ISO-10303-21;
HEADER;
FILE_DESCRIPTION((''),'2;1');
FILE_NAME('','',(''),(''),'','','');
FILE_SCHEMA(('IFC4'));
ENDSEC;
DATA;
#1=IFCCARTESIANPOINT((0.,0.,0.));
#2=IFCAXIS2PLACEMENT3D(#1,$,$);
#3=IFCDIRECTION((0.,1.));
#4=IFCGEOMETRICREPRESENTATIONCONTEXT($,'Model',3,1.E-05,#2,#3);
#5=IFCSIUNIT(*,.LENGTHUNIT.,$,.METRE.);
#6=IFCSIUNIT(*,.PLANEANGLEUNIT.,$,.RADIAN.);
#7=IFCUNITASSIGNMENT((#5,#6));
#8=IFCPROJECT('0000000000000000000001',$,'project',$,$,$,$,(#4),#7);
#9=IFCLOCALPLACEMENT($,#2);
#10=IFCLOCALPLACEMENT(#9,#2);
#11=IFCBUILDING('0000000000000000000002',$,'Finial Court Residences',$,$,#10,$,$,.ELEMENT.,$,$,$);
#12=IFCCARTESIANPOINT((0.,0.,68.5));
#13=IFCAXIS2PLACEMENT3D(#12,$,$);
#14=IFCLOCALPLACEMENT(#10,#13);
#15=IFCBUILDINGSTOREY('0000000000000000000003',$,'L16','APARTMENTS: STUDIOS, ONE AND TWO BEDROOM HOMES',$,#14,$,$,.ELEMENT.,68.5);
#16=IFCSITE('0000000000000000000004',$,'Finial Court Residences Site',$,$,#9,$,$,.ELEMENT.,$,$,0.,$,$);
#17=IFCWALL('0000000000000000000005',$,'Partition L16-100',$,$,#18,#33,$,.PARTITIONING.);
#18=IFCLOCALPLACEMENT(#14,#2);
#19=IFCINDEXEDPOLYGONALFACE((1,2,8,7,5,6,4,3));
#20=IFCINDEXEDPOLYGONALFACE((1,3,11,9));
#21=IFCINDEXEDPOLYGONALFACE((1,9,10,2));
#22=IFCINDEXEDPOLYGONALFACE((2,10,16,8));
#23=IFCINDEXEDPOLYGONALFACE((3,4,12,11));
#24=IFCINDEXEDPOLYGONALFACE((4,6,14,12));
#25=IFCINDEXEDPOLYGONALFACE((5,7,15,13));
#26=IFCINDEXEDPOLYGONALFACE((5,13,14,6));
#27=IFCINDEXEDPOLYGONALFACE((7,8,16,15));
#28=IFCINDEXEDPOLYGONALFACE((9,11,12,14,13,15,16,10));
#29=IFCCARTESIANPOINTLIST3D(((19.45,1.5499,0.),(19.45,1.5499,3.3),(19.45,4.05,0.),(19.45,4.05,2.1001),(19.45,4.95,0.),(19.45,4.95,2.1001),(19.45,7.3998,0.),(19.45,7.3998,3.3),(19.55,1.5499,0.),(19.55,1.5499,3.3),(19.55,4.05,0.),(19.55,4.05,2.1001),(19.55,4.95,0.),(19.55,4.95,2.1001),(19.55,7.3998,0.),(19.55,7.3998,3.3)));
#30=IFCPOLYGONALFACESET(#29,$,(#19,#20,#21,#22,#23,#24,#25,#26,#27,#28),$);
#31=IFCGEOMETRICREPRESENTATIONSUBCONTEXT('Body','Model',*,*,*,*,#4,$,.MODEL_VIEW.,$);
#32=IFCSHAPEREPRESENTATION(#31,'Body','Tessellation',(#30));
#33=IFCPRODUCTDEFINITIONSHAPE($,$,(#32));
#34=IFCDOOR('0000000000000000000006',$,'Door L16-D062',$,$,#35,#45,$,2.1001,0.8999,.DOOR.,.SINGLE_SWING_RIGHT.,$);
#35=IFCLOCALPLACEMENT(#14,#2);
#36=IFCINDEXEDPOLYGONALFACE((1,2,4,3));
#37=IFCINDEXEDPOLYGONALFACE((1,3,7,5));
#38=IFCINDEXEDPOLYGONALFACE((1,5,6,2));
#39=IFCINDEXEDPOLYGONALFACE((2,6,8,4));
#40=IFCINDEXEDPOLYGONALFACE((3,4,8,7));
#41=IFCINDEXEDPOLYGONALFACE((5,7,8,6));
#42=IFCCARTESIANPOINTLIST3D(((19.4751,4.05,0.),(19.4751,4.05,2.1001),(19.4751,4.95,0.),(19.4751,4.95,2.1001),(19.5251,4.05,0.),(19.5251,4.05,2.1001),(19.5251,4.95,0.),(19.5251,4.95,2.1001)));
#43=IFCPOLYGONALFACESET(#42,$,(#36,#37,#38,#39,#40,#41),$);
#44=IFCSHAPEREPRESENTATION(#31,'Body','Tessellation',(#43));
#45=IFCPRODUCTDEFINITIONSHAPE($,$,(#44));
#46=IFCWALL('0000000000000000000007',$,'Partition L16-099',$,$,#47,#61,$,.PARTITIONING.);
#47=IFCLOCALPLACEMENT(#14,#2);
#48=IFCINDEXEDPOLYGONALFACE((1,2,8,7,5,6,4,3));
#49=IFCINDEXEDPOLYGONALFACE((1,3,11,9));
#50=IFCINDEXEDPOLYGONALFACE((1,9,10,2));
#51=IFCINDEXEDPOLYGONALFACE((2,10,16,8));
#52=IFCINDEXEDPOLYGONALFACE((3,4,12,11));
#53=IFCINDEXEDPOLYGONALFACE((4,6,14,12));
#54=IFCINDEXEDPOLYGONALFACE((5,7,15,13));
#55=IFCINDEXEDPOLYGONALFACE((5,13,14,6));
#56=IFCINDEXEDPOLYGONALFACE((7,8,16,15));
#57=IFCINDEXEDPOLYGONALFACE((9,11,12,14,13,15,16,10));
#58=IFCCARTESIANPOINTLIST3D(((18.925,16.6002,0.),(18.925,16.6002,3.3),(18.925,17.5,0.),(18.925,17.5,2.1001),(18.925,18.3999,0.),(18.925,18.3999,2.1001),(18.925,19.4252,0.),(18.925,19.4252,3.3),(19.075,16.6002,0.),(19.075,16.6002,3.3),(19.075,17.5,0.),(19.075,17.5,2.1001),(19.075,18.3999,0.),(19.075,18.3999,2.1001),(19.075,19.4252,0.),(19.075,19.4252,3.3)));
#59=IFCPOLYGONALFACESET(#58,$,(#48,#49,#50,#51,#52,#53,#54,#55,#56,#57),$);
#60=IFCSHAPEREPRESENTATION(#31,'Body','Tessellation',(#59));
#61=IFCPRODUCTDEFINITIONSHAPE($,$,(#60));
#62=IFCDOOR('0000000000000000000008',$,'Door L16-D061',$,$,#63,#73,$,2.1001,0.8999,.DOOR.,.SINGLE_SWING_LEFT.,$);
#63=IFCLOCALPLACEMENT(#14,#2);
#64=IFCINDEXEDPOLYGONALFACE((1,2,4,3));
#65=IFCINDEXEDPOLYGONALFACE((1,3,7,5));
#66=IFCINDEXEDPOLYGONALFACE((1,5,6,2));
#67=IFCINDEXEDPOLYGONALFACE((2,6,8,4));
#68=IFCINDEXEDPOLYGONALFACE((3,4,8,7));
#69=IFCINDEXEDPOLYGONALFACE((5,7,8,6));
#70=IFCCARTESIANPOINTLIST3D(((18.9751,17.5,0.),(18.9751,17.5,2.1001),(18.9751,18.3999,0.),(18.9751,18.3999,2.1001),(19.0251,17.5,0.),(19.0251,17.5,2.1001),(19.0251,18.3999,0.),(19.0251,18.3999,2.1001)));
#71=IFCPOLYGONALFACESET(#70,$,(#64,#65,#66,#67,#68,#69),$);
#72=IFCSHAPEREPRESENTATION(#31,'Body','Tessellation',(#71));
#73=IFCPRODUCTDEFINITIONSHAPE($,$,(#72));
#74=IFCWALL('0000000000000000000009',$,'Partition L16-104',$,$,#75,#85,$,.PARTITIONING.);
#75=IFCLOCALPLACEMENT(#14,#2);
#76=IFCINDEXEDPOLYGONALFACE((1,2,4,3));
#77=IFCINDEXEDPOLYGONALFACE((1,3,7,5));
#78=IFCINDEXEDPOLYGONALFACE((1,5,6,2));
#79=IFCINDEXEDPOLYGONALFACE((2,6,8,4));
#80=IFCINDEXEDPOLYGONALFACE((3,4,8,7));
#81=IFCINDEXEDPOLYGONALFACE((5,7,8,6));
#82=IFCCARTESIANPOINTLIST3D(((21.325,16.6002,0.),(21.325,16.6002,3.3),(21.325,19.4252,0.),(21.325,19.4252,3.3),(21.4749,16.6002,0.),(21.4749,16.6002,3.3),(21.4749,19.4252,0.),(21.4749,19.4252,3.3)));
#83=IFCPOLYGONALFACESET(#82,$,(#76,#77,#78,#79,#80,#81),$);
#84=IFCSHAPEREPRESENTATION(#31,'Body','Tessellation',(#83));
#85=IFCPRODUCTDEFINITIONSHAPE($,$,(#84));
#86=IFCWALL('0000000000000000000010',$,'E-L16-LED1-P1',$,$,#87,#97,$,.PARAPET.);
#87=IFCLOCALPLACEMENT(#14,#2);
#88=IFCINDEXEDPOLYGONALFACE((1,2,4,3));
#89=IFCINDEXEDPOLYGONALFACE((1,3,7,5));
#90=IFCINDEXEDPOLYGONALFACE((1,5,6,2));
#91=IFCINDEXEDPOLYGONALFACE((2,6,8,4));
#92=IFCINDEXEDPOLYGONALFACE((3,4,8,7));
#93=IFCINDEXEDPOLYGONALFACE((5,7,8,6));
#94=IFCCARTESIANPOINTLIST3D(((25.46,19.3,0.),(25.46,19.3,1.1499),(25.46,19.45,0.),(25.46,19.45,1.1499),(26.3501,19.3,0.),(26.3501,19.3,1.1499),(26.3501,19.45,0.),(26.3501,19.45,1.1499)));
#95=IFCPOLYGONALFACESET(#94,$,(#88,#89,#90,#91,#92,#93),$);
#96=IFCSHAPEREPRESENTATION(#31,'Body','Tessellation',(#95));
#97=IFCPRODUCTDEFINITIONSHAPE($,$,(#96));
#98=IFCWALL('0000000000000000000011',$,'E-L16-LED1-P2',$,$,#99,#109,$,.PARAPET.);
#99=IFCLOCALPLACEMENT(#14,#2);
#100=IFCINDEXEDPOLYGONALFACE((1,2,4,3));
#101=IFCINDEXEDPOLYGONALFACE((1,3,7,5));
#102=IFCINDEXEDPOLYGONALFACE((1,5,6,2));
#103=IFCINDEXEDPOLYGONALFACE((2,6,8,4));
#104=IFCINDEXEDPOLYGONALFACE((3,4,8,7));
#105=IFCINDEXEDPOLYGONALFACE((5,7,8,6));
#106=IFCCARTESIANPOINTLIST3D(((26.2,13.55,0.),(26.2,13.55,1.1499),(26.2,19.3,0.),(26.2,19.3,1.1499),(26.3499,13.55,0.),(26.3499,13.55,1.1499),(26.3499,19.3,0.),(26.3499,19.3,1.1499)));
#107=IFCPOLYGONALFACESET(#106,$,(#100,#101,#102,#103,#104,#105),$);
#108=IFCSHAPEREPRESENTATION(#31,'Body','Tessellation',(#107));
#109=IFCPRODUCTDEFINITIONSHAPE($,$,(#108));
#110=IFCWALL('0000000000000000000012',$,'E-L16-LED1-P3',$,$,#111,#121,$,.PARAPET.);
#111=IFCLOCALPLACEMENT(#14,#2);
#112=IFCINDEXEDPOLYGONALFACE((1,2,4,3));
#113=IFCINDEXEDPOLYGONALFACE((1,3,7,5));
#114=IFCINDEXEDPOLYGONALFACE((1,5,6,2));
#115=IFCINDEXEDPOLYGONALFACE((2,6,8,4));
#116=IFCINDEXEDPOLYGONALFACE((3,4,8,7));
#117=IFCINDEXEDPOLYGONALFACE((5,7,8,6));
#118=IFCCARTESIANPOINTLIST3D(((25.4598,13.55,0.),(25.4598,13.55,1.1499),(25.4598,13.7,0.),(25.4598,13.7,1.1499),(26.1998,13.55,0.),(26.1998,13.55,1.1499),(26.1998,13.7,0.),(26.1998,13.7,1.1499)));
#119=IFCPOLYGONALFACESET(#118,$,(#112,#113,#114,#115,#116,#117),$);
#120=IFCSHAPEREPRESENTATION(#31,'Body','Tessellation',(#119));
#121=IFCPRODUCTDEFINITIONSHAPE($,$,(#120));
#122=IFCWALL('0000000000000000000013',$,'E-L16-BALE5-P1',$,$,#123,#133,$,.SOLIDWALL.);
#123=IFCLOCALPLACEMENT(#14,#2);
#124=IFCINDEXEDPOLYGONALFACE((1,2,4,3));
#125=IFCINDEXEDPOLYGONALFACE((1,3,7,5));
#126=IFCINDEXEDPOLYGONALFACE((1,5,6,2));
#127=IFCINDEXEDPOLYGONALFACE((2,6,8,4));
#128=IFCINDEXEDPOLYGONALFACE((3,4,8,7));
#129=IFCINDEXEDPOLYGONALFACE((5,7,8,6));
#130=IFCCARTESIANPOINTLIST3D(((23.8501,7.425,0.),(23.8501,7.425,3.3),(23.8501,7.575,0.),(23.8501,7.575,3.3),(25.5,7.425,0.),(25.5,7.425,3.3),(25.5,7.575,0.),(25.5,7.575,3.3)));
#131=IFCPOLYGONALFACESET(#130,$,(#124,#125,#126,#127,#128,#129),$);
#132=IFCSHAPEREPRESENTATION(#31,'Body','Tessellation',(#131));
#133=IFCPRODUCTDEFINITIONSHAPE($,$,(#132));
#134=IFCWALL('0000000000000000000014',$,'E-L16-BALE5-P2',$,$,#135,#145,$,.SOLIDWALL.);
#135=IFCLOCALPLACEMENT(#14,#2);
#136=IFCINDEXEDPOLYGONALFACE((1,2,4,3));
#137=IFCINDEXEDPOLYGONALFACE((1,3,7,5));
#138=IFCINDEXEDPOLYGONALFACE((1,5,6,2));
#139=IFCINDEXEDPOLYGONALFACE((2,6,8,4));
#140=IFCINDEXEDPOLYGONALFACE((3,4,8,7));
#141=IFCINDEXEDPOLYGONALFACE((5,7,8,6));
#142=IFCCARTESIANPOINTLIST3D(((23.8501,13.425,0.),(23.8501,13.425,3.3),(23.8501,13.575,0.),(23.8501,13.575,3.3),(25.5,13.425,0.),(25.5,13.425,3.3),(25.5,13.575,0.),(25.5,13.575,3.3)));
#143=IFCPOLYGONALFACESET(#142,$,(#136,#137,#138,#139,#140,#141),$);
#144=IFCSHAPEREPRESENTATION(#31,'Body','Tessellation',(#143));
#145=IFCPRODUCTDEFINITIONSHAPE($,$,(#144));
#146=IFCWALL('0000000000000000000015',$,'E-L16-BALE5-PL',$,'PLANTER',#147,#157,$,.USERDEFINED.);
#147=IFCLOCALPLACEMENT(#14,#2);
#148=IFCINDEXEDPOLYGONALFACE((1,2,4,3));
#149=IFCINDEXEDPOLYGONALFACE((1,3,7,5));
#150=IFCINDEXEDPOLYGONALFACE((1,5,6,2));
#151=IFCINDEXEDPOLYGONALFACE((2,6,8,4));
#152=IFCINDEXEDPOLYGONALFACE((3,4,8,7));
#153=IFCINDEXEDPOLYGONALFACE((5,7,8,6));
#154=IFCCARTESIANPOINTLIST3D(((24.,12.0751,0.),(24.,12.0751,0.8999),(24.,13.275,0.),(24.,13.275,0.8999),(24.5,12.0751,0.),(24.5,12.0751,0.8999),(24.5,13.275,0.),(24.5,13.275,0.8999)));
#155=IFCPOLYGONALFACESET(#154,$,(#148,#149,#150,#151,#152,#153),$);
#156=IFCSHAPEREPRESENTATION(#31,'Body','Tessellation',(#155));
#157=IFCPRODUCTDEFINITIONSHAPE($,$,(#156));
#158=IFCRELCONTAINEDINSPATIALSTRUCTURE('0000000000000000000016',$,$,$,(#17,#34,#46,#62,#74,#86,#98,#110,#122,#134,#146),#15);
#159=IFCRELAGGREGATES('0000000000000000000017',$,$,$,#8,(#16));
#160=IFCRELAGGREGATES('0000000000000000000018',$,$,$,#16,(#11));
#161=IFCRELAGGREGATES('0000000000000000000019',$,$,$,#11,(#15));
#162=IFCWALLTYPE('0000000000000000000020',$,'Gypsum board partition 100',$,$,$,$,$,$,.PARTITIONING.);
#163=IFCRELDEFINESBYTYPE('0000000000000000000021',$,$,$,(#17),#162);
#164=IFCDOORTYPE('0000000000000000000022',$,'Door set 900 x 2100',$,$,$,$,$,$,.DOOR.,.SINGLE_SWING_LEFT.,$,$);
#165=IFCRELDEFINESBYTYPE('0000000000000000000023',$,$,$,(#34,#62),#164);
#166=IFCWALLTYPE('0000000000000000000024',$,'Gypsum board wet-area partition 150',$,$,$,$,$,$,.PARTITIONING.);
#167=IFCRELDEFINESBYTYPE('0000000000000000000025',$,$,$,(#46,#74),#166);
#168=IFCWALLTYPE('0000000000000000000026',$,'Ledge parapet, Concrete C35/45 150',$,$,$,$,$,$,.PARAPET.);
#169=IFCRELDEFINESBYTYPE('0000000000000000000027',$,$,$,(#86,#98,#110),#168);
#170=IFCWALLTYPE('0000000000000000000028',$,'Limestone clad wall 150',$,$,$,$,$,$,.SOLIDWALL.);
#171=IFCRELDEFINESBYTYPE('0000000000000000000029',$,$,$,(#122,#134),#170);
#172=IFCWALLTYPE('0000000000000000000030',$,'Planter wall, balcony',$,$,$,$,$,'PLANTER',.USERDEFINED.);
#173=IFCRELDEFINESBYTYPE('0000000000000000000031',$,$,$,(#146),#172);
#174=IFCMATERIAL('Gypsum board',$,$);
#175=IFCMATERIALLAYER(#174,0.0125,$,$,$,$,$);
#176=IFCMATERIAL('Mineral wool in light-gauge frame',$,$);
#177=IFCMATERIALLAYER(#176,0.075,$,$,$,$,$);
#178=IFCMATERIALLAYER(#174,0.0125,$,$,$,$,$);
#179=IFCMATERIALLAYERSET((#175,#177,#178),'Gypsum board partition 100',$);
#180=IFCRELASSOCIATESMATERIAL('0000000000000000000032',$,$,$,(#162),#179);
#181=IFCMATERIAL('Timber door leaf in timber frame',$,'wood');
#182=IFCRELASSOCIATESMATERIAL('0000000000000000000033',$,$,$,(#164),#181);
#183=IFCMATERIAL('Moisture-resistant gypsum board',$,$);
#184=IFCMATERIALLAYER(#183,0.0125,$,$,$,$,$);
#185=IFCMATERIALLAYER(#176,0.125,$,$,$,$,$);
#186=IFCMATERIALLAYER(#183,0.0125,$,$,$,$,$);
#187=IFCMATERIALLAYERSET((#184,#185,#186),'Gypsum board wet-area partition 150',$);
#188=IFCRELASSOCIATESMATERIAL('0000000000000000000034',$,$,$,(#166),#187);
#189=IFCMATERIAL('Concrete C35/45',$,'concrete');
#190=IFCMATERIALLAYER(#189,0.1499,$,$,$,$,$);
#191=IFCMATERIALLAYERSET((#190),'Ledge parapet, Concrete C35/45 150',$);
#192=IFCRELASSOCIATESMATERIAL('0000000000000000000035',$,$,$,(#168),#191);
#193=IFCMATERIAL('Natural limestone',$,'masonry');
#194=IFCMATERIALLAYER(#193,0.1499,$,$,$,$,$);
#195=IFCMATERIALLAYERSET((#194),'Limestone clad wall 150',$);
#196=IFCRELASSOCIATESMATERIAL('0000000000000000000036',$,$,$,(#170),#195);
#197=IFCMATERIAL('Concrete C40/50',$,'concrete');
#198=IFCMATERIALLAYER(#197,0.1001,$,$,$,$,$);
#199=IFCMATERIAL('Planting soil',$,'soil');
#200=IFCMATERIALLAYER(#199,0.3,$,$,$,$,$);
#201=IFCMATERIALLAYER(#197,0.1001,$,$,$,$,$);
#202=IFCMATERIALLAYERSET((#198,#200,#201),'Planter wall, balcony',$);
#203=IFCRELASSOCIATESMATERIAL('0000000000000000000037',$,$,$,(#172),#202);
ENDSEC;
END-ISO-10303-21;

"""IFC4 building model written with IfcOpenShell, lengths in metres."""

from ifc_helpers import new_model, si_unit, direction, frame, frame_2d, origin, place, context, subcontext, project, spatial, rectangle, extrude, material, layer, layer_set, type_object, element, fill, save


model = new_model("IFC4")

# Units and contexts
model_context = context("Model", 3, precision=1e-05, world=origin(), true_north=direction((0.0, 1.0)))
body_context = subcontext(model_context, "Body", "Model", "MODEL_VIEW")
ifc_project = project(units=[si_unit("LENGTHUNIT", "METRE"), si_unit("PLANEANGLEUNIT", "RADIAN")], contexts=[model_context])

# Site, building, storey
site_placement = place(None, origin())
site = spatial("IfcSite", under=ifc_project, at=site_placement, Name="Finial Court Residences Site", CompositionType="ELEMENT", RefElevation=0.0)
building_placement = place(site_placement, origin())
building = spatial("IfcBuilding", under=site, at=building_placement, Name="Finial Court Residences", CompositionType="ELEMENT")
storey_placement = place(building_placement, frame((0.0, 0.0, 68.5)))
storey = spatial("IfcBuildingStorey", under=building, at=storey_placement, Name="L16", Description="APARTMENTS: STUDIOS, ONE AND TWO BEDROOM HOMES", CompositionType="ELEMENT", Elevation=68.5)

# Walls, openings, doors
ifc_material_1 = material(Name="Gypsum board")
ifc_layer_1 = layer(ifc_material_1, 0.0125)
ifc_material_2 = material(Name="Mineral wool in light-gauge frame")
ifc_layer_2 = layer(ifc_material_2, 0.075)
ifc_layer_3 = layer(ifc_material_1, 0.0125)
ifc_layer_set_1 = layer_set([ifc_layer_1, ifc_layer_2, ifc_layer_3], Name="Gypsum board partition 100")
wall_type_1 = type_object("IfcWallType", Name="Gypsum board partition 100", PredefinedType="PARTITIONING", material=ifc_layer_set_1)
ifc_material_3 = material(Name="Timber door leaf in timber frame", Category="wood")
door_type_1 = type_object("IfcDoorType", Name="Door set 900 x 2100", OperationType="SINGLE_SWING_LEFT", PredefinedType="DOOR", material=ifc_material_3)
wall_1_placement = place(storey_placement, frame((19.5, 1.55, 0.0), z_axis=(0.0, 0.0, 1.0), x_axis=(0.0, 1.0, 0.0)))
wall_1 = element("IfcWall", 1, at=wall_1_placement, inside=storey, type_object=wall_type_1, Name="Partition L16-100", PredefinedType="PARTITIONING", context=body_context, shape_type="SweptSolid", body=[
    extrude(rectangle(XDim=5.8499, YDim=0.1001, at=frame_2d((2.9248, 0.0))), origin(), (0.0, 0.0, 1.0), 3.3),
])
opening_1_placement = place(wall_1_placement, frame((2.5, 0.0, 0.0)))
opening_1 = element("IfcOpeningElement", 2, at=opening_1_placement, cuts=wall_1, PredefinedType="OPENING", context=body_context, shape_type="SweptSolid", body=[
    extrude(rectangle(XDim=0.8999, YDim=2.1001, at=frame_2d((0.45, 1.05))), frame((0.0, 0.0601, 0.0), z_axis=(0.0, -1.0, 0.0), x_axis=(1.0, 0.0, 0.0)), (0.0, 0.0, 1.0), 0.1201),
])
door_1_placement = place(opening_1_placement, origin())
door_1 = element("IfcDoor", 3, at=door_1_placement, inside=storey, type_object=door_type_1, Name="Door L16-D062", OperationType="SINGLE_SWING_RIGHT", OverallHeight=2.1001, OverallWidth=0.8999, PredefinedType="DOOR", context=body_context, shape_type="SweptSolid", body=[
    extrude(rectangle(XDim=0.8999, YDim=2.1001, at=frame_2d((0.45, 1.05))), frame((0.0, 0.0249, 0.0), z_axis=(0.0, -1.0, 0.0), x_axis=(1.0, 0.0, 0.0)), (0.0, 0.0, 1.0), 0.05),
])
fill(opening_1, door_1)
ifc_material_4 = material(Name="Moisture-resistant gypsum board")
ifc_layer_4 = layer(ifc_material_4, 0.0125)
ifc_layer_5 = layer(ifc_material_2, 0.125)
ifc_layer_6 = layer(ifc_material_4, 0.0125)
ifc_layer_set_2 = layer_set([ifc_layer_4, ifc_layer_5, ifc_layer_6], Name="Gypsum board wet-area partition 150")
wall_type_2 = type_object("IfcWallType", Name="Gypsum board wet-area partition 150", PredefinedType="PARTITIONING", material=ifc_layer_set_2)
wall_2_placement = place(storey_placement, frame((19.0, 16.6001, 0.0), z_axis=(0.0, 0.0, 1.0), x_axis=(0.0, 1.0, 0.0)))
wall_2 = element("IfcWall", 4, at=wall_2_placement, inside=storey, type_object=wall_type_2, Name="Partition L16-099", PredefinedType="PARTITIONING", context=body_context, shape_type="SweptSolid", body=[
    extrude(rectangle(XDim=2.825, YDim=0.1499, at=frame_2d((1.4126, 0.0))), origin(), (0.0, 0.0, 1.0), 3.3),
])
opening_2_placement = place(wall_2_placement, frame((0.8999, 0.0, 0.0)))
opening_2 = element("IfcOpeningElement", 5, at=opening_2_placement, cuts=wall_2, PredefinedType="OPENING", context=body_context, shape_type="SweptSolid", body=[
    extrude(rectangle(XDim=0.8999, YDim=2.1001, at=frame_2d((0.45, 1.05))), frame((0.0, 0.085, 0.0), z_axis=(0.0, -1.0, 0.0), x_axis=(1.0, 0.0, 0.0)), (0.0, 0.0, 1.0), 0.1699),
])
door_2_placement = place(opening_2_placement, origin())
door_2 = element("IfcDoor", 6, at=door_2_placement, inside=storey, type_object=door_type_1, Name="Door L16-D061", OperationType="SINGLE_SWING_LEFT", OverallHeight=2.1001, OverallWidth=0.8999, PredefinedType="DOOR", context=body_context, shape_type="SweptSolid", body=[
    extrude(rectangle(XDim=0.8999, YDim=2.1001, at=frame_2d((0.45, 1.05))), frame((0.0, 0.0249, 0.0), z_axis=(0.0, -1.0, 0.0), x_axis=(1.0, 0.0, 0.0)), (0.0, 0.0, 1.0), 0.05),
])
fill(opening_2, door_2)

# Walls
wall_3_placement = place(storey_placement, frame((21.3999, 16.6001, 0.0), z_axis=(0.0, 0.0, 1.0), x_axis=(0.0, 1.0, 0.0)))
element("IfcWall", 7, at=wall_3_placement, inside=storey, type_object=wall_type_2, Name="Partition L16-104", PredefinedType="PARTITIONING", context=body_context, shape_type="SweptSolid", body=[
    extrude(rectangle(XDim=2.825, YDim=0.1499, at=frame_2d((1.4126, 0.0))), origin(), (0.0, 0.0, 1.0), 3.3),
])
ifc_material_5 = material(Name="Concrete C35/45", Category="concrete")
ifc_layer_7 = layer(ifc_material_5, 0.1499)
ifc_layer_set_3 = layer_set([ifc_layer_7], Name="Ledge parapet, Concrete C35/45 150")
wall_type_3 = type_object("IfcWallType", Name="Ledge parapet, Concrete C35/45 150", PredefinedType="PARAPET", material=ifc_layer_set_3)
wall_4_placement = place(storey_placement, frame((25.46, 19.375, 0.0), z_axis=(0.0, 0.0, 1.0), x_axis=(1.0, 0.0, 0.0)))
element("IfcWall", 8, at=wall_4_placement, inside=storey, type_object=wall_type_3, Name="E-L16-LED1-P1", PredefinedType="PARAPET", context=body_context, shape_type="SweptSolid", body=[
    extrude(rectangle(XDim=0.8901, YDim=0.1499, at=frame_2d((0.4451, 0.0))), origin(), (0.0, 0.0, 1.0), 1.1499),
])
wall_5_placement = place(storey_placement, frame((26.2749, 19.3, 0.0), z_axis=(0.0, 0.0, 1.0), x_axis=(0.0, -1.0, 0.0)))
element("IfcWall", 9, at=wall_5_placement, inside=storey, type_object=wall_type_3, Name="E-L16-LED1-P2", PredefinedType="PARAPET", context=body_context, shape_type="SweptSolid", body=[
    extrude(rectangle(XDim=5.75, YDim=0.1499, at=frame_2d((2.875, 0.0))), origin(), (0.0, 0.0, 1.0), 1.1499),
])
wall_6_placement = place(storey_placement, frame((26.2, 13.625, 0.0), z_axis=(0.0, 0.0, 1.0), x_axis=(-1.0, 0.0, 0.0)))
element("IfcWall", 10, at=wall_6_placement, inside=storey, type_object=wall_type_3, Name="E-L16-LED1-P3", PredefinedType="PARAPET", context=body_context, shape_type="SweptSolid", body=[
    extrude(rectangle(XDim=0.74, YDim=0.1499, at=frame_2d((0.3701, 0.0))), origin(), (0.0, 0.0, 1.0), 1.1499),
])
ifc_material_6 = material(Name="Natural limestone", Category="masonry")
ifc_layer_8 = layer(ifc_material_6, 0.1499)
ifc_layer_set_4 = layer_set([ifc_layer_8], Name="Limestone clad wall 150")
wall_type_4 = type_object("IfcWallType", Name="Limestone clad wall 150", PredefinedType="SOLIDWALL", material=ifc_layer_set_4)
for number, where, z_axis, x_axis, name in (
    (11, (23.8501, 7.5, 0.0), (0.0, 0.0, 1.0), (1.0, 0.0, 0.0), "E-L16-BALE5-P1"),
    (12, (23.8501, 13.5, 0.0), (0.0, 0.0, 1.0), (1.0, 0.0, 0.0), "E-L16-BALE5-P2"),
):
    element("IfcWall", number, at=place(storey_placement, frame(where, z_axis=z_axis, x_axis=x_axis)), inside=storey, type_object=wall_type_4, Name=name, PredefinedType="SOLIDWALL", context=body_context, shape_type="SweptSolid", body=[
        extrude(rectangle(XDim=1.6499, YDim=0.1499, at=frame_2d((0.825, 0.0))), origin(), (0.0, 0.0, 1.0), 3.3),
    ])

# Wall
ifc_material_7 = material(Name="Concrete C40/50", Category="concrete")
ifc_layer_9 = layer(ifc_material_7, 0.1001)
ifc_material_8 = material(Name="Planting soil", Category="soil")
ifc_layer_10 = layer(ifc_material_8, 0.3)
ifc_layer_11 = layer(ifc_material_7, 0.1001)
ifc_layer_set_5 = layer_set([ifc_layer_9, ifc_layer_10, ifc_layer_11], Name="Planter wall, balcony")
wall_type_5 = type_object("IfcWallType", Name="Planter wall, balcony", ElementType="PLANTER", PredefinedType="USERDEFINED", material=ifc_layer_set_5)
wall_7_placement = place(storey_placement, frame((24.25, 12.075, 0.0), z_axis=(0.0, 0.0, 1.0), x_axis=(0.0, 1.0, 0.0)))
element("IfcWall", 13, at=wall_7_placement, inside=storey, type_object=wall_type_5, Name="E-L16-BALE5-PL", ObjectType="PLANTER", PredefinedType="USERDEFINED", context=body_context, shape_type="SweptSolid", body=[
    extrude(rectangle(XDim=1.2, YDim=0.5, at=frame_2d((0.6001, 0.0))), origin(), (0.0, 0.0, 1.0), 0.8999),
])

save(model, "model.ifc")
